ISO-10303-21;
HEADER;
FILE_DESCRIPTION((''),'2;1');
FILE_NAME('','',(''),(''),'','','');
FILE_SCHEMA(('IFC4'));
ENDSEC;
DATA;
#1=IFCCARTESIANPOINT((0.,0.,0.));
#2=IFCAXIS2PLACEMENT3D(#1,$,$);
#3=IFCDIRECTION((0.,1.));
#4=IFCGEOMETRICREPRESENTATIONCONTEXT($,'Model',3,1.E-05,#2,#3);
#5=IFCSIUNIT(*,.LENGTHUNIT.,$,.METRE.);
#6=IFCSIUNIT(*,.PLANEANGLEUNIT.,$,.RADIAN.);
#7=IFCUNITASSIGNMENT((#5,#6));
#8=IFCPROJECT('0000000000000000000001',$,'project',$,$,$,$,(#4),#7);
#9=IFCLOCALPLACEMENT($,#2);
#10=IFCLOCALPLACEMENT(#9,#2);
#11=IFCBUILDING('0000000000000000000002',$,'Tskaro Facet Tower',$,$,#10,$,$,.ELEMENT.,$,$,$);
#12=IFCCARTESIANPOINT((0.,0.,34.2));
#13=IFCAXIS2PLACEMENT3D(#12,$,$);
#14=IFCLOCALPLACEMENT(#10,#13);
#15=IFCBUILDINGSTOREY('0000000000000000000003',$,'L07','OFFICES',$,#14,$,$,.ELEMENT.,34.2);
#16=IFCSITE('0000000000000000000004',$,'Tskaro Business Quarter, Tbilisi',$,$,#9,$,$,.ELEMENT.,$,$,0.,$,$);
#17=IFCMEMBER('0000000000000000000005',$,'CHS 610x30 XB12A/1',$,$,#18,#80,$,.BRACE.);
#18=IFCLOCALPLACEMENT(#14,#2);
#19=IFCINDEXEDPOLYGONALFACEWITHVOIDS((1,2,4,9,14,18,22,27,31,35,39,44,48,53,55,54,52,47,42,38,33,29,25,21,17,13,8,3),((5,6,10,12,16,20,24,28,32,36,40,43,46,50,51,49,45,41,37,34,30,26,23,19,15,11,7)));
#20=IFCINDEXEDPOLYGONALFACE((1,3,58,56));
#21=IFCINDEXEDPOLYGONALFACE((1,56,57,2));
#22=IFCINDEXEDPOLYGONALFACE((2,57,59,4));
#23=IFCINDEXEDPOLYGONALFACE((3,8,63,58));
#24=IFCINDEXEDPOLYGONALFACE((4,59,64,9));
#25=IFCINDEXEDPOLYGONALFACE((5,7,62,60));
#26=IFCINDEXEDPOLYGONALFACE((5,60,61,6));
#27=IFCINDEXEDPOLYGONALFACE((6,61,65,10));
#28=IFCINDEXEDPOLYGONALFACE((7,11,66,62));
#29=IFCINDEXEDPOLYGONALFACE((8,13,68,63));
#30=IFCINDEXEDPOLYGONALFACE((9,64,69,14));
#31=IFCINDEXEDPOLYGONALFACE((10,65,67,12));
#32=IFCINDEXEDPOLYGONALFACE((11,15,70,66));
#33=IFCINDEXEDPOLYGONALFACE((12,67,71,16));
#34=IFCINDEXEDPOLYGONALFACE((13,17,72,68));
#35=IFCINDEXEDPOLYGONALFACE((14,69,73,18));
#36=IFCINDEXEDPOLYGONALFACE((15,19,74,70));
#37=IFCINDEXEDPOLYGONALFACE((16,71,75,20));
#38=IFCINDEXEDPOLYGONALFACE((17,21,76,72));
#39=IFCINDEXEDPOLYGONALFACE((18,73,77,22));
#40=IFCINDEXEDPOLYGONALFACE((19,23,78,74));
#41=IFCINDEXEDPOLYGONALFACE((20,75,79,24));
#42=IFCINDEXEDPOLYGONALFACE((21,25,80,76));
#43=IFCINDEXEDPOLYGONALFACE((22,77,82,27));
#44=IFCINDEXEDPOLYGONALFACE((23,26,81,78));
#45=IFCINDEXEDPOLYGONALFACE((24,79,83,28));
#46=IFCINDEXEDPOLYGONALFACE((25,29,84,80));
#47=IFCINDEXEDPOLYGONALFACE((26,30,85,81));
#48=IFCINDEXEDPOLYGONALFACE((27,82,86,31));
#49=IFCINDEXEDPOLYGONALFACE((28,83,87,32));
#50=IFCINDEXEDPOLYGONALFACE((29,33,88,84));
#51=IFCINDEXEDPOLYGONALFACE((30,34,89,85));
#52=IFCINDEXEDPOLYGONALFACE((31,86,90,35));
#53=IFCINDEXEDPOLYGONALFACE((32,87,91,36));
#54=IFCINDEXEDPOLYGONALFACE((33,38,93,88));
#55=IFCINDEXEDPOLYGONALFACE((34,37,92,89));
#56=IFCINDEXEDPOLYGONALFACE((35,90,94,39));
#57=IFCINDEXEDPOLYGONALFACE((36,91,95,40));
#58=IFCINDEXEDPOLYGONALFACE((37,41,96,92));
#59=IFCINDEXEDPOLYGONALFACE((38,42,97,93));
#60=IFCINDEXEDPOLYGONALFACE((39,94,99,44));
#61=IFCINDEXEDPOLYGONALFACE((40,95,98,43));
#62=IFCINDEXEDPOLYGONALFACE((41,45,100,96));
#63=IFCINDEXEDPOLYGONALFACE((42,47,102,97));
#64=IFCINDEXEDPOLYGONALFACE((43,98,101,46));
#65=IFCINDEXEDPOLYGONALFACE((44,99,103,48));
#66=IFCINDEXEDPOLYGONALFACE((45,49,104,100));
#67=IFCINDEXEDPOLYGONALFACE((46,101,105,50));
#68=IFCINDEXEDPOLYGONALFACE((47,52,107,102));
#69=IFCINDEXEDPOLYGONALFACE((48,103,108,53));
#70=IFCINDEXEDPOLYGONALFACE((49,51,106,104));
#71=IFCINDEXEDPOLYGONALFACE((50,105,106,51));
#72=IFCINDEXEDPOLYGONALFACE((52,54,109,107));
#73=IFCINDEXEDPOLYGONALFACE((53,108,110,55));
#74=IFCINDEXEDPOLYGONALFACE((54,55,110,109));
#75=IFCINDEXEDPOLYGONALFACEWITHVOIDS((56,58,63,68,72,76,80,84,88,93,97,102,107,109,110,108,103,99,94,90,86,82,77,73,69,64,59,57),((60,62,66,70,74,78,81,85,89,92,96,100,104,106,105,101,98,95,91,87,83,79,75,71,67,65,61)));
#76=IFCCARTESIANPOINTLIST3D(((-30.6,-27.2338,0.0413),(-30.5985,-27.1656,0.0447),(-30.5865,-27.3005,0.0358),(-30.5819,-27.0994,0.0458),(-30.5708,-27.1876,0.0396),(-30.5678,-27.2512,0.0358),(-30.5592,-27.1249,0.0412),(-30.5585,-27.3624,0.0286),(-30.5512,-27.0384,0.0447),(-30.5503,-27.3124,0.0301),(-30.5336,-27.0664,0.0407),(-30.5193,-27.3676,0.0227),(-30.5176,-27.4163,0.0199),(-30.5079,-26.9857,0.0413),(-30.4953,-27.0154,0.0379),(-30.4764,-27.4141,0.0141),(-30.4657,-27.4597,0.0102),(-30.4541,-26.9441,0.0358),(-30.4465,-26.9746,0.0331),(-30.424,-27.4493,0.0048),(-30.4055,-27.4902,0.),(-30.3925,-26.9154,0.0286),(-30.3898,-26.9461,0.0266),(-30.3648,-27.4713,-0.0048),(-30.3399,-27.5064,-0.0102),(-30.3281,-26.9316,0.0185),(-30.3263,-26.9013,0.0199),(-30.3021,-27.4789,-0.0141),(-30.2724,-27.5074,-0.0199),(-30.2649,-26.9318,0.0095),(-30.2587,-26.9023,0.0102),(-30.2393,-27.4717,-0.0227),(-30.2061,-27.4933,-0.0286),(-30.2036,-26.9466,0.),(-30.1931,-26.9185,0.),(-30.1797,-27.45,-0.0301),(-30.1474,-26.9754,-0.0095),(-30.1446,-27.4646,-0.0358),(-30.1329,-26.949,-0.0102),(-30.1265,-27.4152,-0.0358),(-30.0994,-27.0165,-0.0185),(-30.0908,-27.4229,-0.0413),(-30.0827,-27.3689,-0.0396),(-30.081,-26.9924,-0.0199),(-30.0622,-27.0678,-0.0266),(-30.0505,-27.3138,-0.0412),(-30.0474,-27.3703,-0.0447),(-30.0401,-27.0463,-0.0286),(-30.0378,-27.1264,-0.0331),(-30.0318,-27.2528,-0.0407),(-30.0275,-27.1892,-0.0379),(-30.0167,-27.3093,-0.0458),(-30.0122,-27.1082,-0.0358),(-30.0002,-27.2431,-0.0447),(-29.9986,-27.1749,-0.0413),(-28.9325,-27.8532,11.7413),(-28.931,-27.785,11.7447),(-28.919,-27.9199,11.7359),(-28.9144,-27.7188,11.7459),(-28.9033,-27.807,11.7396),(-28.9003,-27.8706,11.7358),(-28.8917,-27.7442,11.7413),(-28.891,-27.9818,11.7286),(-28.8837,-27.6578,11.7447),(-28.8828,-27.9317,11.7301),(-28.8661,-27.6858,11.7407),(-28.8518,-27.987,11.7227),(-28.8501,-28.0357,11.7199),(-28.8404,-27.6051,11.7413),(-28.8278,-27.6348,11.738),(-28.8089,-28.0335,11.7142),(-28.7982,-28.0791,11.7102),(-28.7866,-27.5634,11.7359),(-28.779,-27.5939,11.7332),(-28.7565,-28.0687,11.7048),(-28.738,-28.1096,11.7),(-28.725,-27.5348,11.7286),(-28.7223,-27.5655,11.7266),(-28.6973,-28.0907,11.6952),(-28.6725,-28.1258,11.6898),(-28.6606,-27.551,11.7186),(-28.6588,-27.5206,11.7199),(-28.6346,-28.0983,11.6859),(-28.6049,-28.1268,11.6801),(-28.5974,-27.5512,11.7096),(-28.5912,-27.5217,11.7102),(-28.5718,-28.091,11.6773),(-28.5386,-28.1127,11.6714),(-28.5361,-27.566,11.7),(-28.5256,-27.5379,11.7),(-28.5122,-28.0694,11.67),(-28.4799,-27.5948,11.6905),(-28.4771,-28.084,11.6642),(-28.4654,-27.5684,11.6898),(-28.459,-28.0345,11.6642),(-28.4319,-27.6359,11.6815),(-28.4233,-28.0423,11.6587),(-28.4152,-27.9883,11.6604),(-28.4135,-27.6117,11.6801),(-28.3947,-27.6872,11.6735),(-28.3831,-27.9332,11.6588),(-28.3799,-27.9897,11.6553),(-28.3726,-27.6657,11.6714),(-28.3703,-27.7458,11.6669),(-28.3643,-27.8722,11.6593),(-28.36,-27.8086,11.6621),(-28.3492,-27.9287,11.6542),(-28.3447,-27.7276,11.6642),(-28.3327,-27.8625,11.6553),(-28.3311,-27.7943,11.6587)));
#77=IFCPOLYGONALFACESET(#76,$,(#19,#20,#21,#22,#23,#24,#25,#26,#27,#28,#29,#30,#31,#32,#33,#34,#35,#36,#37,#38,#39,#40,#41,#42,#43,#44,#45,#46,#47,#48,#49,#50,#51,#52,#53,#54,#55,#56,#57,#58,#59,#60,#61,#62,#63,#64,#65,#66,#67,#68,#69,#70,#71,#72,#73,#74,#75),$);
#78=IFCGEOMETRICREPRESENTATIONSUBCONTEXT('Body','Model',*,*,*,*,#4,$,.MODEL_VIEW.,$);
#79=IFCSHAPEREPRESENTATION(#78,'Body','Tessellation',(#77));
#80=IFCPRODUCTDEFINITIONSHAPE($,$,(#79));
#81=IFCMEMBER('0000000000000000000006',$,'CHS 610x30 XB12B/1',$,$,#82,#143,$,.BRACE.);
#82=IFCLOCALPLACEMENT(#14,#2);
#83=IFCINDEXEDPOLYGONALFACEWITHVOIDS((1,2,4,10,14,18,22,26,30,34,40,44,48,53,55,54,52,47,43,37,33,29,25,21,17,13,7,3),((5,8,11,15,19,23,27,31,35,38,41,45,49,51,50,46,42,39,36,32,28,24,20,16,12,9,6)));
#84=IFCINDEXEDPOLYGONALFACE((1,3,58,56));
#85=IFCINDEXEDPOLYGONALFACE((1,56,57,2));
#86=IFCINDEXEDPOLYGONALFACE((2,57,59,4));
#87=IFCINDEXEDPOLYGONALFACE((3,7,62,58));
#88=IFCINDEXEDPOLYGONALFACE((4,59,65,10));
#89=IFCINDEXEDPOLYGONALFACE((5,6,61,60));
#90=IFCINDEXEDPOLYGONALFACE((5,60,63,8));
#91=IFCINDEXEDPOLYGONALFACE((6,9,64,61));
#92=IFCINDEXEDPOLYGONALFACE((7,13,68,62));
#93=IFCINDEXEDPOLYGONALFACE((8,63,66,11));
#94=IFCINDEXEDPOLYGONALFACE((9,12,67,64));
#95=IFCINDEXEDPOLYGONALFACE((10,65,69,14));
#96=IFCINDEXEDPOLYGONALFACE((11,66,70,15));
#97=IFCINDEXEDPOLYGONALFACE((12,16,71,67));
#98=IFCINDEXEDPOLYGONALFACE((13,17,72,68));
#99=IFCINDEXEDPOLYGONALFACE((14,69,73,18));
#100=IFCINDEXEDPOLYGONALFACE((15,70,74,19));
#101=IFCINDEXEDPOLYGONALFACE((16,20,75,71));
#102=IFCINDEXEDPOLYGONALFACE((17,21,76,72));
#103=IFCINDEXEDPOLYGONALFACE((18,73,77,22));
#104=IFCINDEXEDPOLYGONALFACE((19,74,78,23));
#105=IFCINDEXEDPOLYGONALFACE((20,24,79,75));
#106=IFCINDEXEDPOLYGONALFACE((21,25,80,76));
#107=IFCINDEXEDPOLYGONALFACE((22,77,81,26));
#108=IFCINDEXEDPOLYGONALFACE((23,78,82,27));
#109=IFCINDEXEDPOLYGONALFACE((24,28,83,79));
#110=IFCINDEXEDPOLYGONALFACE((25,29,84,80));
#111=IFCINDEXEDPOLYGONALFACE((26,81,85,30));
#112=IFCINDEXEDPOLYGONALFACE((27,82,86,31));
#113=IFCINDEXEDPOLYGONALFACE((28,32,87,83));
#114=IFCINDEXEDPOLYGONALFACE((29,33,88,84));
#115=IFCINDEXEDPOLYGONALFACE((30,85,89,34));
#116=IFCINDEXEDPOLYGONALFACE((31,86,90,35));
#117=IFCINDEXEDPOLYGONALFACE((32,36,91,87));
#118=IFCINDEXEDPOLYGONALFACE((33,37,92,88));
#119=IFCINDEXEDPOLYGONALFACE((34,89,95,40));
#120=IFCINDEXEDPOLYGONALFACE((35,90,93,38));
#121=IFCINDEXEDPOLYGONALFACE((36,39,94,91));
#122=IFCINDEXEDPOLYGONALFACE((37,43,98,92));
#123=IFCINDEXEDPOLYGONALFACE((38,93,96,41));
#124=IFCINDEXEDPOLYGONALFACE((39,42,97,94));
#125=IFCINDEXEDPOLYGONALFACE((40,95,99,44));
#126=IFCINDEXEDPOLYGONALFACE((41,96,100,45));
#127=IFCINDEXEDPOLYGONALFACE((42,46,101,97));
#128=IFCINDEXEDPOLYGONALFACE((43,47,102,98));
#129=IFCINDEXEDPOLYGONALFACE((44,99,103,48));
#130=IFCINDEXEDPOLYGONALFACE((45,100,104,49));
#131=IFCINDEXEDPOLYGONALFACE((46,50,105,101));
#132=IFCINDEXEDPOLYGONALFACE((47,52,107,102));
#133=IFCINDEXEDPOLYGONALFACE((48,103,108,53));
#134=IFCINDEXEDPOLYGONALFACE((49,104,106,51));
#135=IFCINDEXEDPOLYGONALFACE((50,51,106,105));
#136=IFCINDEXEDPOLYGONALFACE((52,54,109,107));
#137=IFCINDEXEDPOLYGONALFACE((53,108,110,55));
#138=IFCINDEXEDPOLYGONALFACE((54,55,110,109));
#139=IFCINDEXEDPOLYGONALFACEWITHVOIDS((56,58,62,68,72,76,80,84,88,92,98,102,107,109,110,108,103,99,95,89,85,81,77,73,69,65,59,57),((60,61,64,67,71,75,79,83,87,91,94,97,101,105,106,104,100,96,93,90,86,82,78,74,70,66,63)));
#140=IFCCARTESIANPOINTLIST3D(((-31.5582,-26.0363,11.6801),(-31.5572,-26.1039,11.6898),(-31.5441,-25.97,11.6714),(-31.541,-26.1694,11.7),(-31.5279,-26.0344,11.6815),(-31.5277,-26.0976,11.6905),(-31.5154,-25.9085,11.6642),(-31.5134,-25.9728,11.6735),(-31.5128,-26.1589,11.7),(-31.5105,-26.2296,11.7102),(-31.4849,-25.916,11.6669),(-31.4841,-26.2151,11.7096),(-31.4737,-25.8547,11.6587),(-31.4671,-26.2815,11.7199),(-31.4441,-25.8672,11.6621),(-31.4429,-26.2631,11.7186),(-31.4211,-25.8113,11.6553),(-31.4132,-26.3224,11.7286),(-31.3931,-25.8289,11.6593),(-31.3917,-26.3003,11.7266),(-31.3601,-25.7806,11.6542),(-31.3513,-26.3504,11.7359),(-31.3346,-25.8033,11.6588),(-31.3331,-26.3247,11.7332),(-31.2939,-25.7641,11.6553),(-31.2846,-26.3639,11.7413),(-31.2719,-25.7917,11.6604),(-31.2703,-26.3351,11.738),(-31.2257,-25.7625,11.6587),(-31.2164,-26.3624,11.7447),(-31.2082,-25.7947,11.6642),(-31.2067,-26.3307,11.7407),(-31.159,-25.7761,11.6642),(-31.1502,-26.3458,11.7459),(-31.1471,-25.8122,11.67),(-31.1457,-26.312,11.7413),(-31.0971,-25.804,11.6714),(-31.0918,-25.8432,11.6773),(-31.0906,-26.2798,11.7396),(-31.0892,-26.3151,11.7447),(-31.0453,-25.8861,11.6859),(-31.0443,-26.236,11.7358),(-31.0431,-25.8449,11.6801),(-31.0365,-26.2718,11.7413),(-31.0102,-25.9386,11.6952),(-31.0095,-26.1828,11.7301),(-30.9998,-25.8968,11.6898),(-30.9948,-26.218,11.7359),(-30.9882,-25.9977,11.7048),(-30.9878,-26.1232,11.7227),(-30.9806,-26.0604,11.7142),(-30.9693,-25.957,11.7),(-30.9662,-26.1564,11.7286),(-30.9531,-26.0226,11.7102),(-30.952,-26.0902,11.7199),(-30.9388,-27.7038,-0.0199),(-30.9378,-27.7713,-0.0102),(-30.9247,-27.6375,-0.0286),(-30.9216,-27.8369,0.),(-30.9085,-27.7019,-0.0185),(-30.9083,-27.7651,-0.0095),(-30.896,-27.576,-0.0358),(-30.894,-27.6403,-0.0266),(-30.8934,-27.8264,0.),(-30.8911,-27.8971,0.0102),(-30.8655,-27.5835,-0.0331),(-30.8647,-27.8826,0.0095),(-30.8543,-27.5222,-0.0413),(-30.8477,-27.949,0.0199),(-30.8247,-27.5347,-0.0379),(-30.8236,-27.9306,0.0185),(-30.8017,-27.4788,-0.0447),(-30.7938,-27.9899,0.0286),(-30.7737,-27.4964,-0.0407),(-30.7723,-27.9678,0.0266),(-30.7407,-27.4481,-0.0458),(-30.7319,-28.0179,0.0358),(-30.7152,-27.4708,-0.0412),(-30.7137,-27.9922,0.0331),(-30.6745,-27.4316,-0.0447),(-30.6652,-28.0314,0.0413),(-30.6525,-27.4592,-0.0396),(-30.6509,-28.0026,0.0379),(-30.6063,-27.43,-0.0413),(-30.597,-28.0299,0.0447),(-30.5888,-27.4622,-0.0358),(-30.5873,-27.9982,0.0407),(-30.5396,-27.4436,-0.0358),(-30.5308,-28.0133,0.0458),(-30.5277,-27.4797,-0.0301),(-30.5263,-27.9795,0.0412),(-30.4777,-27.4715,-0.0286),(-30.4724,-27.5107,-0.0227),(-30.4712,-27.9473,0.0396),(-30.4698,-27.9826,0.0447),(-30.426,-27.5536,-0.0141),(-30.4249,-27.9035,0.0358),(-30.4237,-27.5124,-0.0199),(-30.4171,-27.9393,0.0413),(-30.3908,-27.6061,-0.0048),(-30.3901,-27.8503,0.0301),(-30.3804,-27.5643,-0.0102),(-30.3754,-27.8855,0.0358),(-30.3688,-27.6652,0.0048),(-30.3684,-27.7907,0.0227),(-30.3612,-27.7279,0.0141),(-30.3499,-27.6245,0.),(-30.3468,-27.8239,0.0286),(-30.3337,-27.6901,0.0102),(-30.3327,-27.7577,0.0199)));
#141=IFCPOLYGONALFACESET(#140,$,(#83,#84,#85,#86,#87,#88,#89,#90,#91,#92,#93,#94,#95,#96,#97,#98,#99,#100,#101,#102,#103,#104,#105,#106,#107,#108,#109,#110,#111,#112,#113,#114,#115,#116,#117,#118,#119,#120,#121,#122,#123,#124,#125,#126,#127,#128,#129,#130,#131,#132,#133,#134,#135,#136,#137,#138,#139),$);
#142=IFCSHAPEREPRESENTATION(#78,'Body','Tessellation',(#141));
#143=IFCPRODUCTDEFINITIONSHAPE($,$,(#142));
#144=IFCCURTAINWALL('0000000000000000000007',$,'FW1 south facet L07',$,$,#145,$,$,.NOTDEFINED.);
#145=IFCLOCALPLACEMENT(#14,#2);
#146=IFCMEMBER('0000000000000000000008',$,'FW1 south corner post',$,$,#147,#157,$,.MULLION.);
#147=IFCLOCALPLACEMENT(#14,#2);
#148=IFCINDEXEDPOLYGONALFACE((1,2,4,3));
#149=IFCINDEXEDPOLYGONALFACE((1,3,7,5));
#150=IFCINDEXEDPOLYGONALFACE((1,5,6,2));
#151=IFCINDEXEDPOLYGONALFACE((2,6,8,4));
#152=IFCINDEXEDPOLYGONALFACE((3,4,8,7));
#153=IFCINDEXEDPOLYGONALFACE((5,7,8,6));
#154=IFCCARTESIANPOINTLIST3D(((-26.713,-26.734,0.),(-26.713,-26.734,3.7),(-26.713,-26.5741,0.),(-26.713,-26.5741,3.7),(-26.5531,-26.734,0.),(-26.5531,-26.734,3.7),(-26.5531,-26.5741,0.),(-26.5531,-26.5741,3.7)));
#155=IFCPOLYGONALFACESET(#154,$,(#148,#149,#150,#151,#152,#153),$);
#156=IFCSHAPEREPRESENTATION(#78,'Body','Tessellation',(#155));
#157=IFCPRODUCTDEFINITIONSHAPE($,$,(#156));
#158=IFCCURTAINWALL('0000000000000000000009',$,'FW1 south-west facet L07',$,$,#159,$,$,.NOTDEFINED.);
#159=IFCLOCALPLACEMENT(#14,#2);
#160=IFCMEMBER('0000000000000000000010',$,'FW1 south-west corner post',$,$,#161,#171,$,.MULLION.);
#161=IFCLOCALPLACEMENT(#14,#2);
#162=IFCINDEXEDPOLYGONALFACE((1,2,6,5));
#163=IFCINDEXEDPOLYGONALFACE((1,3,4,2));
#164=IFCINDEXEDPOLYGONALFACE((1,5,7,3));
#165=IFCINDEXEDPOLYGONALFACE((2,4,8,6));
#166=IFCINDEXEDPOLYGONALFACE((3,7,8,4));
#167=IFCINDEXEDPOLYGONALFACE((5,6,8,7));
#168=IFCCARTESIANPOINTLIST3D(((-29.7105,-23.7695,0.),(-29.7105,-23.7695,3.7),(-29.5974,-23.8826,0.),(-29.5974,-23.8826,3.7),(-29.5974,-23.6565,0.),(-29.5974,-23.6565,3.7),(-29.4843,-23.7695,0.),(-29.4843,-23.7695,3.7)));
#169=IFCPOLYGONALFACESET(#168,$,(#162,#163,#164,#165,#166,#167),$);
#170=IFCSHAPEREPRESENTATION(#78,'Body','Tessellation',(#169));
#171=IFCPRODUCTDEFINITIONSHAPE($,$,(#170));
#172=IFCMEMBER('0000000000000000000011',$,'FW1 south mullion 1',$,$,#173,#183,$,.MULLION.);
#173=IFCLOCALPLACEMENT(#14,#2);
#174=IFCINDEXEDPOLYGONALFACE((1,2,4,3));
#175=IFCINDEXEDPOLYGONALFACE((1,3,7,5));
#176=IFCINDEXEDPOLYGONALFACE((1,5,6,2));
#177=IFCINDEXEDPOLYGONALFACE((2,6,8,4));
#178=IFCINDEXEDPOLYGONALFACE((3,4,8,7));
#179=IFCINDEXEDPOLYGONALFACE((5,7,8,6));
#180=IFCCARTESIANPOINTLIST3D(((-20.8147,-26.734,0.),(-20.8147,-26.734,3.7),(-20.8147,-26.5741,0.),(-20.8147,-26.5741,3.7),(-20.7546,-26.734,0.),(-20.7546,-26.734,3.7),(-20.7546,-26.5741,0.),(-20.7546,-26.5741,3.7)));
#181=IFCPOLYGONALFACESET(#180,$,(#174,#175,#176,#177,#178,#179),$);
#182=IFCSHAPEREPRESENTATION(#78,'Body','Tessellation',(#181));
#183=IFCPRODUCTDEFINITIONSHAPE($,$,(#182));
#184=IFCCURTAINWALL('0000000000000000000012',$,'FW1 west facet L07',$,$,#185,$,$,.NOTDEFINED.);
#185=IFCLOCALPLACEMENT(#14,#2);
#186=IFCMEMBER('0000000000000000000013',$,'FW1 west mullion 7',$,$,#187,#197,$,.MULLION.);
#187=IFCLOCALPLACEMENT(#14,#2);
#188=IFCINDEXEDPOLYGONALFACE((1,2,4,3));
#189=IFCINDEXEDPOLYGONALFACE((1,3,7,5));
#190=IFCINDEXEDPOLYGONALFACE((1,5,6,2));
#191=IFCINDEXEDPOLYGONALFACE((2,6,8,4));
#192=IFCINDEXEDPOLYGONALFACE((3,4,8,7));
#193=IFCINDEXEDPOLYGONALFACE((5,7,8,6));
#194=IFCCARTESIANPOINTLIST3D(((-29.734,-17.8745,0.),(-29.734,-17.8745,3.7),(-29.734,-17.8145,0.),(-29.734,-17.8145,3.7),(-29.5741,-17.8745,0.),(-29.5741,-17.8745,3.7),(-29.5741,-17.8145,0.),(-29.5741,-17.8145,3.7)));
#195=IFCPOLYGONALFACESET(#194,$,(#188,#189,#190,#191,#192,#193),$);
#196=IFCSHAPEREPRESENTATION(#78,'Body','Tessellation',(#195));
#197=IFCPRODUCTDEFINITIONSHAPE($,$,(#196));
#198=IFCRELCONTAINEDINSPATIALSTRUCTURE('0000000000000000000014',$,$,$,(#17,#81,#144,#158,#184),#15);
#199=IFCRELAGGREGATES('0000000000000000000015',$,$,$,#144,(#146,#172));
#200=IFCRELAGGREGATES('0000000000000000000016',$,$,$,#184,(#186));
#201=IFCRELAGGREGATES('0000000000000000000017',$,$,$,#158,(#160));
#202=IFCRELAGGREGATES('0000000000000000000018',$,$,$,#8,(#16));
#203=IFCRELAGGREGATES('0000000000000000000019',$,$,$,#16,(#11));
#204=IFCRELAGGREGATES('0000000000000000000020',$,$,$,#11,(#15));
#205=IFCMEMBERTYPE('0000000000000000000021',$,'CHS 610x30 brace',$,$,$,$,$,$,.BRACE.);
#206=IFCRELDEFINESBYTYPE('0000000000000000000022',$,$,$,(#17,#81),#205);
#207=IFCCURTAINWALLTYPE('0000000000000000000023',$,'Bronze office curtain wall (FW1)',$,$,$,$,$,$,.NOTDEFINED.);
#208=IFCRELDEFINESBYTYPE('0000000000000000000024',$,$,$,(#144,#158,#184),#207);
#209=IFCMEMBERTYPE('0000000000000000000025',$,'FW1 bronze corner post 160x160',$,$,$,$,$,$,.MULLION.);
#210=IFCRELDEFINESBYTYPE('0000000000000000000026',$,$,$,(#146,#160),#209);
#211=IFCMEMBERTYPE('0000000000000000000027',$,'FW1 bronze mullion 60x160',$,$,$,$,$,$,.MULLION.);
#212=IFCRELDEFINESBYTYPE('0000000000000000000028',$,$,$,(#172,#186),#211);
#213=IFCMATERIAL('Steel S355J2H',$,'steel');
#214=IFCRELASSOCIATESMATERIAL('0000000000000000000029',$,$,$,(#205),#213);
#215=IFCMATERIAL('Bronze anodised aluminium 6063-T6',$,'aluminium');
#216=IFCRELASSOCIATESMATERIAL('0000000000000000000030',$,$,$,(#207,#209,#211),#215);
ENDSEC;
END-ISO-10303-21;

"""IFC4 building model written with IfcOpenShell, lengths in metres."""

from ifc_helpers import new_model, si_unit, direction, frame, origin, origin_2d, place, context, subcontext, project, spatial, rectangle, hollow_circle, extrude, material, material_profile, profile_set, type_object, element, aggregate, save


model = new_model("IFC4")

# Units and contexts
model_context = context("Model", 3, precision=1e-05, world=origin(), true_north=direction((0.0, 1.0)))
body_context = subcontext(model_context, "Body", "Model", "MODEL_VIEW")
ifc_project = project(units=[si_unit("LENGTHUNIT", "METRE"), si_unit("PLANEANGLEUNIT", "RADIAN")], contexts=[model_context])

# Site, building, storey
site_placement = place(None, origin())
site = spatial("IfcSite", under=ifc_project, at=site_placement, Name="Tskaro Business Quarter, Tbilisi", CompositionType="ELEMENT", RefElevation=0.0)
building_placement = place(site_placement, origin())
building = spatial("IfcBuilding", under=site, at=building_placement, Name="Tskaro Facet Tower", CompositionType="ELEMENT")
storey_placement = place(building_placement, frame((0.0, 0.0, 34.2)))
storey = spatial("IfcBuildingStorey", under=building, at=storey_placement, Name="L07", Description="OFFICES", CompositionType="ELEMENT", Elevation=34.2)

# Shared definitions
ifc_material_1 = material(Name="Steel S355J2H", Category="steel")

# Members
ifc_material_profile_1 = material_profile(ifc_material_1, hollow_circle(Radius=0.3049, WallThickness=0.03, at=origin_2d()), Name="CHS 610x30")
ifc_profile_set_1 = profile_set([ifc_material_profile_1], Name="Steel S355J2H")
member_type_1 = type_object("IfcMemberType", Name="CHS 610x30 brace", PredefinedType="BRACE", material=ifc_profile_set_1)
for number, where, z_axis, x_axis, name in (
    (1, (-30.2993, -27.2043, 0.0), (0.140901, -0.052338, 0.988639), (0.348204, 0.937419, 0.0), "CHS 610x30 XB12A/1"),
    (2, (-30.6357, -27.7307, 0.0), (-0.052338, 0.140901, 0.988639), (-0.937419, -0.348204, 0.0), "CHS 610x30 XB12B/1"),
):
    element("IfcMember", number, at=place(storey_placement, frame(where, z_axis=z_axis, x_axis=x_axis)), inside=storey, type_object=member_type_1, Name=name, PredefinedType="BRACE", context=body_context, shape_type="SweptSolid", body=[
        extrude(hollow_circle(Radius=0.3049, WallThickness=0.03, at=origin_2d()), origin(), (0.0, 0.0, 1.0), 11.8345),
    ])

# Curtain walls, members
ifc_material_2 = material(Name="Bronze anodised aluminium 6063-T6", Category="aluminium")
curtain_wall_type = type_object("IfcCurtainWallType", Name="Bronze office curtain wall (FW1)", PredefinedType="NOTDEFINED", material=ifc_material_2)
curtain_wall_1_placement = place(storey_placement, origin())
curtain_wall_1 = element("IfcCurtainWall", 3, at=curtain_wall_1_placement, inside=storey, type_object=curtain_wall_type, Name="FW1 south facet L07", PredefinedType="NOTDEFINED")
ifc_material_profile_2 = material_profile(ifc_material_2, rectangle(XDim=0.1599, YDim=0.1599, at=origin_2d()), Name="Corner post 160x160")
ifc_profile_set_2 = profile_set([ifc_material_profile_2], Name="Bronze anodised aluminium 6063-T6")
member_type_2 = type_object("IfcMemberType", Name="FW1 bronze corner post 160x160", PredefinedType="MULLION", material=ifc_profile_set_2)
member_1_placement = place(storey_placement, frame((-26.6331, -26.6541, 0.0), z_axis=(0.0, 0.0, 1.0), x_axis=(1.0, 0.0, 0.0)))
member_1 = element("IfcMember", 4, at=member_1_placement, type_object=member_type_2, Name="FW1 south corner post", PredefinedType="MULLION", context=body_context, shape_type="SweptSolid", body=[
    extrude(rectangle(XDim=0.1599, YDim=0.1599, at=origin_2d()), origin(), (0.0, 0.0, 1.0), 3.7),
])
curtain_wall_2_placement = place(storey_placement, origin())
curtain_wall_2 = element("IfcCurtainWall", 5, at=curtain_wall_2_placement, inside=storey, type_object=curtain_wall_type, Name="FW1 south-west facet L07", PredefinedType="NOTDEFINED")
member_2_placement = place(storey_placement, frame((-29.5974, -23.7695, 0.0), z_axis=(0.0, 0.0, 1.0), x_axis=(0.707107, -0.707107, 0.0)))
member_2 = element("IfcMember", 6, at=member_2_placement, type_object=member_type_2, Name="FW1 south-west corner post", PredefinedType="MULLION", context=body_context, shape_type="SweptSolid", body=[
    extrude(rectangle(XDim=0.1599, YDim=0.1599, at=origin_2d()), origin(), (0.0, 0.0, 1.0), 3.7),
])

# Member
ifc_material_profile_3 = material_profile(ifc_material_2, rectangle(XDim=0.0601, YDim=0.1599, at=origin_2d()), Name="Mullion 60x160")
ifc_profile_set_3 = profile_set([ifc_material_profile_3], Name="Bronze anodised aluminium 6063-T6")
member_type_3 = type_object("IfcMemberType", Name="FW1 bronze mullion 60x160", PredefinedType="MULLION", material=ifc_profile_set_3)
member_3_placement = place(storey_placement, frame((-20.7847, -26.6541, 0.0), z_axis=(0.0, 0.0, 1.0), x_axis=(1.0, 0.0, 0.0)))
member_3 = element("IfcMember", 7, at=member_3_placement, type_object=member_type_3, Name="FW1 south mullion 1", PredefinedType="MULLION", context=body_context, shape_type="SweptSolid", body=[
    extrude(rectangle(XDim=0.0601, YDim=0.1599, at=origin_2d()), origin(), (0.0, 0.0, 1.0), 3.7),
])

# Curtain wall, member
curtain_wall_3_placement = place(storey_placement, origin())
curtain_wall_3 = element("IfcCurtainWall", 8, at=curtain_wall_3_placement, inside=storey, type_object=curtain_wall_type, Name="FW1 west facet L07", PredefinedType="NOTDEFINED")
member_4_placement = place(storey_placement, frame((-29.6541, -17.8445, 0.0), z_axis=(0.0, 0.0, 1.0), x_axis=(0.0, -1.0, 0.0)))
member_4 = element("IfcMember", 9, at=member_4_placement, type_object=member_type_3, Name="FW1 west mullion 7", PredefinedType="MULLION", context=body_context, shape_type="SweptSolid", body=[
    extrude(rectangle(XDim=0.0601, YDim=0.1599, at=origin_2d()), origin(), (0.0, 0.0, 1.0), 3.7),
])

aggregate(curtain_wall_1, [member_1, member_3])
aggregate(curtain_wall_3, [member_4])
aggregate(curtain_wall_2, [member_2])

save(model, "model.ifc")
